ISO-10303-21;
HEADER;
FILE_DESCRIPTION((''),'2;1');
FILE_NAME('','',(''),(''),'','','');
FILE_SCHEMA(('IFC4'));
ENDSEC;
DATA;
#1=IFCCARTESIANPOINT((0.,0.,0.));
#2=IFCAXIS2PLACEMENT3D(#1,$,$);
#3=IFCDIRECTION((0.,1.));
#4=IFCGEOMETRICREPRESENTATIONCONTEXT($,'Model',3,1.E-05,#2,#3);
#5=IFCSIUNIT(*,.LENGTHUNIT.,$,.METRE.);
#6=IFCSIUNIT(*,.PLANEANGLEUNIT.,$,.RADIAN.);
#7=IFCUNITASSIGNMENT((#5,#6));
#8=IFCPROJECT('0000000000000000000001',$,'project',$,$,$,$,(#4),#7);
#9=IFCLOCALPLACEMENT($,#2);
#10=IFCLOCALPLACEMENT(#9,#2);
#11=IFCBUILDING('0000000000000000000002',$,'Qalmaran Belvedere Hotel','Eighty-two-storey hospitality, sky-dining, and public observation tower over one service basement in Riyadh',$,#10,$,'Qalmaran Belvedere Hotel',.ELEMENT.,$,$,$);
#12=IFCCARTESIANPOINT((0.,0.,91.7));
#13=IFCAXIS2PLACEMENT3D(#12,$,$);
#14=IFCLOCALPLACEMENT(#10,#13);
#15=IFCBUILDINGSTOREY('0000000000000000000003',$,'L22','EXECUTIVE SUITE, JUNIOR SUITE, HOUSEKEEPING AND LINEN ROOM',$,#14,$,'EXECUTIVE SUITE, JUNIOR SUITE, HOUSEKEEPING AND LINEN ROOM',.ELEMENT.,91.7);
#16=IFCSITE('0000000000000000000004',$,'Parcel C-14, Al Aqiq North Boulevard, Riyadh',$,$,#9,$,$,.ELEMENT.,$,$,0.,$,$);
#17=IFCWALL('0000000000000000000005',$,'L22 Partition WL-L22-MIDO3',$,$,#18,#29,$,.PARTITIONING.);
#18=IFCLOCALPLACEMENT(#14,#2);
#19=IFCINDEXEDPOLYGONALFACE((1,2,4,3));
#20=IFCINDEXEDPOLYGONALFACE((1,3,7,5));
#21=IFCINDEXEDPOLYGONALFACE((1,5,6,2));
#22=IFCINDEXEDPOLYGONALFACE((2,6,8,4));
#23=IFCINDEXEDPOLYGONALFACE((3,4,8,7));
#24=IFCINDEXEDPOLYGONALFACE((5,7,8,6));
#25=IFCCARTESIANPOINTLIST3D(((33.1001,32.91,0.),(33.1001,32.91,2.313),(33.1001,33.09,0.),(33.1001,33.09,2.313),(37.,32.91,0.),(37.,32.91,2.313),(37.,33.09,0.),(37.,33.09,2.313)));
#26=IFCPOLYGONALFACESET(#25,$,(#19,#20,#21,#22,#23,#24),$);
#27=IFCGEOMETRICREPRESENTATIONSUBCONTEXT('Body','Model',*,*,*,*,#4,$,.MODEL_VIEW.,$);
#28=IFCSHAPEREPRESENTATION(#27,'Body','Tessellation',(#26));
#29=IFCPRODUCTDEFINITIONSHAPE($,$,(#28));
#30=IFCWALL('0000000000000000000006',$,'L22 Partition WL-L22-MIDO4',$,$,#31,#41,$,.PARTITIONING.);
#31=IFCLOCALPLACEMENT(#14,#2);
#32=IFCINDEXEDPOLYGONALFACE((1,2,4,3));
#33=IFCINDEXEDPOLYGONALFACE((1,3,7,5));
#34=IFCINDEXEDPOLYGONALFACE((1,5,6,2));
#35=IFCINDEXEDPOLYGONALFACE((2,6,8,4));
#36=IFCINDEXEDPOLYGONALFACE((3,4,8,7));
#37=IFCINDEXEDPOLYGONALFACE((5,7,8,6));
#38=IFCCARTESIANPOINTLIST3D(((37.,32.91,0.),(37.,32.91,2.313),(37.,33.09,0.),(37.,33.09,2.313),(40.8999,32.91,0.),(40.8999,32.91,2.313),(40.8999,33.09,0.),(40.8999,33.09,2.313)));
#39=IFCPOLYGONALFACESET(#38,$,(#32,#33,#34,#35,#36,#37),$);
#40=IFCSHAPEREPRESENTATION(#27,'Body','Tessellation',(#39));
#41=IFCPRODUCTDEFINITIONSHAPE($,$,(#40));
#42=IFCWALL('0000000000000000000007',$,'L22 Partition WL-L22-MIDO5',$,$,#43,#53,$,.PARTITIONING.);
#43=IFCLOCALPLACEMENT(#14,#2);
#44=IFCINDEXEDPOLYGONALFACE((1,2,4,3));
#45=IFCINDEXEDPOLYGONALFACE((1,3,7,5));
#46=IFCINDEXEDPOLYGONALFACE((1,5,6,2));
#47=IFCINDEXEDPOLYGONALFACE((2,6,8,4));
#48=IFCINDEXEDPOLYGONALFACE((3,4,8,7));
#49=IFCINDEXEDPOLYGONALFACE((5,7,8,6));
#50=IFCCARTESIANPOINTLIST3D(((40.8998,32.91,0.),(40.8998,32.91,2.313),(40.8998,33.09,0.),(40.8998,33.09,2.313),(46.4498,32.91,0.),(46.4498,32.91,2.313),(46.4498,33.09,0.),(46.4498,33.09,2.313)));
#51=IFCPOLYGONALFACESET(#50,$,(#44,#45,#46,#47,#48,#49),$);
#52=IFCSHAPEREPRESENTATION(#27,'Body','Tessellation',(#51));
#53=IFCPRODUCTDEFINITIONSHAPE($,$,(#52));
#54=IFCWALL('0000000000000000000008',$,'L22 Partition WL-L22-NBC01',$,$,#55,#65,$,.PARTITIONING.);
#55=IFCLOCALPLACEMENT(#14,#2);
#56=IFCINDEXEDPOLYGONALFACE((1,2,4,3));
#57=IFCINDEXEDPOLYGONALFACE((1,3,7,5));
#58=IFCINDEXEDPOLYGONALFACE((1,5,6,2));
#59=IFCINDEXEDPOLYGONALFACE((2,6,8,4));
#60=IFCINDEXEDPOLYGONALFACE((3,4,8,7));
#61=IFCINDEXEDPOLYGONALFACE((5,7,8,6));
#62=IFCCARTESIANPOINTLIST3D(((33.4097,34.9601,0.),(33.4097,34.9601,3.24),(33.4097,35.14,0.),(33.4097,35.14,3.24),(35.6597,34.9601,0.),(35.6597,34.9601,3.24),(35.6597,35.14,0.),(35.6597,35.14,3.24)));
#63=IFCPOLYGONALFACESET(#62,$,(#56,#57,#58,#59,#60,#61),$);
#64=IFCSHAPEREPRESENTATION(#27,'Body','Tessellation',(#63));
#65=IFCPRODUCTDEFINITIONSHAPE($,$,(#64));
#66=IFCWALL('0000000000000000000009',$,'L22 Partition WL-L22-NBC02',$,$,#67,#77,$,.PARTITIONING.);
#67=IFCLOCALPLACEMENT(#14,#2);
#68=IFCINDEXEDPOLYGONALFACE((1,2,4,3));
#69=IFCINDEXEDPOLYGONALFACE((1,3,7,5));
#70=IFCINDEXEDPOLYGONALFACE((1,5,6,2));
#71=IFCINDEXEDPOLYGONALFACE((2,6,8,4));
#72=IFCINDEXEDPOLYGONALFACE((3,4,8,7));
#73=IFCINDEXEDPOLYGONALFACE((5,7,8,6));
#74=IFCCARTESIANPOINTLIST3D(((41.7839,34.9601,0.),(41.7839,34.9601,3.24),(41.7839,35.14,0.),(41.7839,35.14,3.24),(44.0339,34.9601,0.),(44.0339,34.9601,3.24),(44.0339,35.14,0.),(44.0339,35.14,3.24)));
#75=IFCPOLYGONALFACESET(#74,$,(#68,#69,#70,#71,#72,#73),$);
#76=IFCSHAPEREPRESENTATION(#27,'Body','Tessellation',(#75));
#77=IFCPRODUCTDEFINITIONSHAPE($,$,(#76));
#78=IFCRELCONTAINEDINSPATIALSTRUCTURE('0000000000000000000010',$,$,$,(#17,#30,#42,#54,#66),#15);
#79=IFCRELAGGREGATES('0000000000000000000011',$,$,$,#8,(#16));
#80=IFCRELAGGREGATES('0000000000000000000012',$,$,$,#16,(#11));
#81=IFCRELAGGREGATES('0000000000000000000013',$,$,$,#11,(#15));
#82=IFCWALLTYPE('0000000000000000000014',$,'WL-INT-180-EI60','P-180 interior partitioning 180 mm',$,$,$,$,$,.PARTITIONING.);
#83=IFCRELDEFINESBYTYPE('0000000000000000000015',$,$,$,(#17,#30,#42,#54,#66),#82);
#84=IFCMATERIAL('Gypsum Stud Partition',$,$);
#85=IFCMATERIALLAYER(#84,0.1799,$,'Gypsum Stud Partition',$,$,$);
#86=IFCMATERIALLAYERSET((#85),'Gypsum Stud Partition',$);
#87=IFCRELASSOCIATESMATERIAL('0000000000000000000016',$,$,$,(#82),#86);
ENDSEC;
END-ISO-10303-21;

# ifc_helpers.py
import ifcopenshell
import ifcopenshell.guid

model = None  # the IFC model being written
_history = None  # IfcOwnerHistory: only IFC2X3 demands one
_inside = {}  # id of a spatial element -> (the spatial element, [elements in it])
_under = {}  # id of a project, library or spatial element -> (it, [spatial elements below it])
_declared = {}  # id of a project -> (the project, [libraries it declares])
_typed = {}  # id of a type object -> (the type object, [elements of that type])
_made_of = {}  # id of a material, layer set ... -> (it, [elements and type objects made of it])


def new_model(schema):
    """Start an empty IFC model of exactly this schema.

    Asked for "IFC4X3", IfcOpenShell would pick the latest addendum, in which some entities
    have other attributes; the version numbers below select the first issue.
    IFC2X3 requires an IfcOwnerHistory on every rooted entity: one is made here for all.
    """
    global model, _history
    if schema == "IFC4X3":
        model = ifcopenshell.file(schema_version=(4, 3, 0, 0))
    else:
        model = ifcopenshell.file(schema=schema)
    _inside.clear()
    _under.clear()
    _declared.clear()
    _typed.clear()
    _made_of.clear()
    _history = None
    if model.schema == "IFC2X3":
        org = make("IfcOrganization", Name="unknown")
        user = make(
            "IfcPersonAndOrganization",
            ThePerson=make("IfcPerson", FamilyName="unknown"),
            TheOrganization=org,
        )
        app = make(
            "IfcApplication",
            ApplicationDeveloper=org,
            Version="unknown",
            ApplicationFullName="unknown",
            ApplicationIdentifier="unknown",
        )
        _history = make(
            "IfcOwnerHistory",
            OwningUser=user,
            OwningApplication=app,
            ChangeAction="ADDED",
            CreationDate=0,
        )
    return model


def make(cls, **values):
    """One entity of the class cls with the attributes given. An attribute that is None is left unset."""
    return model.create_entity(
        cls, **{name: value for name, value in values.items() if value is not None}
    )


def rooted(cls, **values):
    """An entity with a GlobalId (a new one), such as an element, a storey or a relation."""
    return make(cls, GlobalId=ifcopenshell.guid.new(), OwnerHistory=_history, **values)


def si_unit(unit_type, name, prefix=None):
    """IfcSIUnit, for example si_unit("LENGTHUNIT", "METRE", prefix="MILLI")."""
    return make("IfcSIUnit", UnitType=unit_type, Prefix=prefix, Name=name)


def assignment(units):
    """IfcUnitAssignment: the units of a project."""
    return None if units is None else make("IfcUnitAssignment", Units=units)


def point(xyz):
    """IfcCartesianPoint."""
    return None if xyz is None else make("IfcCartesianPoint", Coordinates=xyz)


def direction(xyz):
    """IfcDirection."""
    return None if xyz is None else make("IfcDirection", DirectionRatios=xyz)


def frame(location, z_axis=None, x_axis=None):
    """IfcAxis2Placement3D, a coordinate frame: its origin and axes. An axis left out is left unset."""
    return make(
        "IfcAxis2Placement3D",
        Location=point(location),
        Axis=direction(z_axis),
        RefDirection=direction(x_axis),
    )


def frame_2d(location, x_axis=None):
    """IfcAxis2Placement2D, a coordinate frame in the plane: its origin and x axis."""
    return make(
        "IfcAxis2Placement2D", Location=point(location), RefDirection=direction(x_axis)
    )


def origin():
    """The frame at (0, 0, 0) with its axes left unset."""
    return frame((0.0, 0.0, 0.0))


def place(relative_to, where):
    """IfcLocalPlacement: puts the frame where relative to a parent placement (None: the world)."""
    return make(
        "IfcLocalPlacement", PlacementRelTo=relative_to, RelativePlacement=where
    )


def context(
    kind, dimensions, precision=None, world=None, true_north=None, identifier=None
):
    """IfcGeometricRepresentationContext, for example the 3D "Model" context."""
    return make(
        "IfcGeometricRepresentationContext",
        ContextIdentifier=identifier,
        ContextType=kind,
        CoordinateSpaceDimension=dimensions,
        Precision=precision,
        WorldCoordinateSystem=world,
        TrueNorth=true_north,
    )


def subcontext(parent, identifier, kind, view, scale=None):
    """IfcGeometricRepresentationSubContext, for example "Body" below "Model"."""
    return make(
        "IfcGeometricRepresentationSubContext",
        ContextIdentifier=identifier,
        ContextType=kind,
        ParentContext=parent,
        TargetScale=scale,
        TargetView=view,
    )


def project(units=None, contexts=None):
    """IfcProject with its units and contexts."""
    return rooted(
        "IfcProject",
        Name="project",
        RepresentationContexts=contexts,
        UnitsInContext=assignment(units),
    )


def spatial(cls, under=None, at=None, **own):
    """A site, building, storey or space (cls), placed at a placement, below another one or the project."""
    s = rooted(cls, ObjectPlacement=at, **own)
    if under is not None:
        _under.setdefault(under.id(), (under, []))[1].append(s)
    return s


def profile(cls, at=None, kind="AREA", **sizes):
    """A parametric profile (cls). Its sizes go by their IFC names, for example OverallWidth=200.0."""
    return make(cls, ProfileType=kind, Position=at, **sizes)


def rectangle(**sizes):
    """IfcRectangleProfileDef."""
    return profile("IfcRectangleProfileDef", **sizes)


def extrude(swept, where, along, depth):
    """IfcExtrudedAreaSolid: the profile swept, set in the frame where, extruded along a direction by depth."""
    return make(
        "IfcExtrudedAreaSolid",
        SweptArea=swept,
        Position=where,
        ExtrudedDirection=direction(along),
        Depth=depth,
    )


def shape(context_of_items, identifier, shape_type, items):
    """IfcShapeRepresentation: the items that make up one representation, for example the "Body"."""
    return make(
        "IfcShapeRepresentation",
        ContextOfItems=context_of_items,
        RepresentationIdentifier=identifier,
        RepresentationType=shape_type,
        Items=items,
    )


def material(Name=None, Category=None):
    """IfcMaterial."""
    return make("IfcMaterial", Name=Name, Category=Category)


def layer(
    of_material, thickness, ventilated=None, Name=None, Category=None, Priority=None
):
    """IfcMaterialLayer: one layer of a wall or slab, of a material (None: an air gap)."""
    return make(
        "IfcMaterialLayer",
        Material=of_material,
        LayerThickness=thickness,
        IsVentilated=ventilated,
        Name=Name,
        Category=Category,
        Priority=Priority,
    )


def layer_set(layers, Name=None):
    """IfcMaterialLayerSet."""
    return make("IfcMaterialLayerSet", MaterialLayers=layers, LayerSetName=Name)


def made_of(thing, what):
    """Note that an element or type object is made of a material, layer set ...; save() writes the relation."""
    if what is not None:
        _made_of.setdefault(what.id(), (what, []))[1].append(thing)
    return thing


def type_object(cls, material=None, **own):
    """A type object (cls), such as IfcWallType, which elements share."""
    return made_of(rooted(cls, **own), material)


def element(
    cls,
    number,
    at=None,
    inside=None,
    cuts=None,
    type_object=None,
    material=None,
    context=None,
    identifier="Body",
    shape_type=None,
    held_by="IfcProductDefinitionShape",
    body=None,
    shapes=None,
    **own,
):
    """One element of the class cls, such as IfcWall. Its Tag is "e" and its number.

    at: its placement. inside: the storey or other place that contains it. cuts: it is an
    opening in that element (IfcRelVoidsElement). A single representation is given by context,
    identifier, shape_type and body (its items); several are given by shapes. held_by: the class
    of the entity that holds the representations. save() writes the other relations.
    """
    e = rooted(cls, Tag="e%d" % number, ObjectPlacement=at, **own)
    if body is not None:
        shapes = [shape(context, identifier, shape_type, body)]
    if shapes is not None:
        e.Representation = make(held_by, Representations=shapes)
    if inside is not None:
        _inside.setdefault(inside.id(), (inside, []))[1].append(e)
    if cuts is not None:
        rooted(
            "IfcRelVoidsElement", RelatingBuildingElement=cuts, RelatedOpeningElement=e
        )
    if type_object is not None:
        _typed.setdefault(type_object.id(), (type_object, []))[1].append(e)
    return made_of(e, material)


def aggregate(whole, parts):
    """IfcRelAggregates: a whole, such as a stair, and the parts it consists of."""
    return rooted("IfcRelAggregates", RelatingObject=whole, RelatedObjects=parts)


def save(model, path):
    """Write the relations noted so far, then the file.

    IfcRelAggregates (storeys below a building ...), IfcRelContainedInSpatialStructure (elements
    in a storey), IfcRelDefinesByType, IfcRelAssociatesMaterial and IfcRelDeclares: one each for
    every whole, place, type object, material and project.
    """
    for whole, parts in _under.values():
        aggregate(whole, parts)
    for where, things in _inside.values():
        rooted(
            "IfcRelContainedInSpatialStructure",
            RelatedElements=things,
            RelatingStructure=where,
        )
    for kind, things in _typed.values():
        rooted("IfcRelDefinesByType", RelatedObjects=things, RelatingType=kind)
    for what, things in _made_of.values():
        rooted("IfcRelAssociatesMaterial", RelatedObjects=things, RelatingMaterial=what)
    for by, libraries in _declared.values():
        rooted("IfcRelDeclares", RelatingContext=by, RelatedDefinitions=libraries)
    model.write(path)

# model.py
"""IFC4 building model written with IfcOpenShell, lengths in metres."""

from ifc_helpers import new_model, si_unit, direction, frame, frame_2d, origin, place, context, subcontext, project, spatial, rectangle, extrude, material, layer, layer_set, type_object, element, save


model = new_model("IFC4")

# Units and contexts
model_context = context("Model", 3, precision=1e-05, world=origin(), true_north=direction((0.0, 1.0)))
body_context = subcontext(model_context, "Body", "Model", "MODEL_VIEW")
ifc_project = project(units=[si_unit("LENGTHUNIT", "METRE"), si_unit("PLANEANGLEUNIT", "RADIAN")], contexts=[model_context])

# Site, building, storey
site_placement = place(None, origin())
site = spatial("IfcSite", under=ifc_project, at=site_placement, Name="Parcel C-14, Al Aqiq North Boulevard, Riyadh", CompositionType="ELEMENT", RefElevation=0.0)
building_placement = place(site_placement, origin())
building = spatial("IfcBuilding", under=site, at=building_placement, Name="Qalmaran Belvedere Hotel", Description="Eighty-two-storey hospitality, sky-dining, and public observation tower over one service basement in Riyadh", LongName="Qalmaran Belvedere Hotel", CompositionType="ELEMENT")
storey_placement = place(building_placement, frame((0.0, 0.0, 91.7)))
storey = spatial("IfcBuildingStorey", under=building, at=storey_placement, Name="L22", Description="EXECUTIVE SUITE, JUNIOR SUITE, HOUSEKEEPING AND LINEN ROOM", LongName="EXECUTIVE SUITE, JUNIOR SUITE, HOUSEKEEPING AND LINEN ROOM", CompositionType="ELEMENT", Elevation=91.7)

# Wall
ifc_material_1 = material(Name="Gypsum Stud Partition")
ifc_layer_1 = layer(ifc_material_1, 0.1799, Name="Gypsum Stud Partition")
ifc_layer_set_1 = layer_set([ifc_layer_1], Name="Gypsum Stud Partition")
wall_type_1 = type_object("IfcWallType", Name="WL-INT-180-EI60", Description="P-180 interior partitioning 180 mm", PredefinedType="PARTITIONING", material=ifc_layer_set_1)
wall_1_placement = place(storey_placement, frame((33.1001, 33.0, 0.0), z_axis=(0.0, 0.0, 1.0), x_axis=(1.0, 0.0, 0.0)))
element("IfcWall", 1, at=wall_1_placement, inside=storey, type_object=wall_type_1, Name="L22 Partition WL-L22-MIDO3", PredefinedType="PARTITIONING", context=body_context, shape_type="SweptSolid", body=[
    extrude(rectangle(XDim=3.8999, YDim=0.1799, at=frame_2d((1.95, 0.0))), origin(), (0.0, 0.0, 1.0), 2.313),
])

# Wall
wall_2_placement = place(storey_placement, frame((37.0, 33.0, 0.0), z_axis=(0.0, 0.0, 1.0), x_axis=(1.0, 0.0, 0.0)))
element("IfcWall", 2, at=wall_2_placement, inside=storey, type_object=wall_type_1, Name="L22 Partition WL-L22-MIDO4", PredefinedType="PARTITIONING", context=body_context, shape_type="SweptSolid", body=[
    extrude(rectangle(XDim=3.8999, YDim=0.1799, at=frame_2d((1.95, 0.0))), origin(), (0.0, 0.0, 1.0), 2.313),
])

# Walls
wall_3_placement = place(storey_placement, frame((40.8999, 33.0, 0.0), z_axis=(0.0, 0.0, 1.0), x_axis=(1.0, 0.0, 0.0)))
element("IfcWall", 3, at=wall_3_placement, inside=storey, type_object=wall_type_1, Name="L22 Partition WL-L22-MIDO5", PredefinedType="PARTITIONING", context=body_context, shape_type="SweptSolid", body=[
    extrude(rectangle(XDim=5.55, YDim=0.1799, at=frame_2d((2.7749, 0.0))), origin(), (0.0, 0.0, 1.0), 2.313),
])
for number, where, z_axis, x_axis, name in (
    (4, (33.4097, 35.05, 0.0), (0.0, 0.0, 1.0), (1.0, 0.0, 0.0), "L22 Partition WL-L22-NBC01"),
    (5, (41.7839, 35.05, 0.0), (0.0, 0.0, 1.0), (1.0, 0.0, 0.0), "L22 Partition WL-L22-NBC02"),
):
    element("IfcWall", number, at=place(storey_placement, frame(where, z_axis=z_axis, x_axis=x_axis)), inside=storey, type_object=wall_type_1, Name=name, PredefinedType="PARTITIONING", context=body_context, shape_type="SweptSolid", body=[
        extrude(rectangle(XDim=2.25, YDim=0.1799, at=frame_2d((1.125, 0.0))), origin(), (0.0, 0.0, 1.0), 3.24),
    ])

save(model, "model.ifc")
